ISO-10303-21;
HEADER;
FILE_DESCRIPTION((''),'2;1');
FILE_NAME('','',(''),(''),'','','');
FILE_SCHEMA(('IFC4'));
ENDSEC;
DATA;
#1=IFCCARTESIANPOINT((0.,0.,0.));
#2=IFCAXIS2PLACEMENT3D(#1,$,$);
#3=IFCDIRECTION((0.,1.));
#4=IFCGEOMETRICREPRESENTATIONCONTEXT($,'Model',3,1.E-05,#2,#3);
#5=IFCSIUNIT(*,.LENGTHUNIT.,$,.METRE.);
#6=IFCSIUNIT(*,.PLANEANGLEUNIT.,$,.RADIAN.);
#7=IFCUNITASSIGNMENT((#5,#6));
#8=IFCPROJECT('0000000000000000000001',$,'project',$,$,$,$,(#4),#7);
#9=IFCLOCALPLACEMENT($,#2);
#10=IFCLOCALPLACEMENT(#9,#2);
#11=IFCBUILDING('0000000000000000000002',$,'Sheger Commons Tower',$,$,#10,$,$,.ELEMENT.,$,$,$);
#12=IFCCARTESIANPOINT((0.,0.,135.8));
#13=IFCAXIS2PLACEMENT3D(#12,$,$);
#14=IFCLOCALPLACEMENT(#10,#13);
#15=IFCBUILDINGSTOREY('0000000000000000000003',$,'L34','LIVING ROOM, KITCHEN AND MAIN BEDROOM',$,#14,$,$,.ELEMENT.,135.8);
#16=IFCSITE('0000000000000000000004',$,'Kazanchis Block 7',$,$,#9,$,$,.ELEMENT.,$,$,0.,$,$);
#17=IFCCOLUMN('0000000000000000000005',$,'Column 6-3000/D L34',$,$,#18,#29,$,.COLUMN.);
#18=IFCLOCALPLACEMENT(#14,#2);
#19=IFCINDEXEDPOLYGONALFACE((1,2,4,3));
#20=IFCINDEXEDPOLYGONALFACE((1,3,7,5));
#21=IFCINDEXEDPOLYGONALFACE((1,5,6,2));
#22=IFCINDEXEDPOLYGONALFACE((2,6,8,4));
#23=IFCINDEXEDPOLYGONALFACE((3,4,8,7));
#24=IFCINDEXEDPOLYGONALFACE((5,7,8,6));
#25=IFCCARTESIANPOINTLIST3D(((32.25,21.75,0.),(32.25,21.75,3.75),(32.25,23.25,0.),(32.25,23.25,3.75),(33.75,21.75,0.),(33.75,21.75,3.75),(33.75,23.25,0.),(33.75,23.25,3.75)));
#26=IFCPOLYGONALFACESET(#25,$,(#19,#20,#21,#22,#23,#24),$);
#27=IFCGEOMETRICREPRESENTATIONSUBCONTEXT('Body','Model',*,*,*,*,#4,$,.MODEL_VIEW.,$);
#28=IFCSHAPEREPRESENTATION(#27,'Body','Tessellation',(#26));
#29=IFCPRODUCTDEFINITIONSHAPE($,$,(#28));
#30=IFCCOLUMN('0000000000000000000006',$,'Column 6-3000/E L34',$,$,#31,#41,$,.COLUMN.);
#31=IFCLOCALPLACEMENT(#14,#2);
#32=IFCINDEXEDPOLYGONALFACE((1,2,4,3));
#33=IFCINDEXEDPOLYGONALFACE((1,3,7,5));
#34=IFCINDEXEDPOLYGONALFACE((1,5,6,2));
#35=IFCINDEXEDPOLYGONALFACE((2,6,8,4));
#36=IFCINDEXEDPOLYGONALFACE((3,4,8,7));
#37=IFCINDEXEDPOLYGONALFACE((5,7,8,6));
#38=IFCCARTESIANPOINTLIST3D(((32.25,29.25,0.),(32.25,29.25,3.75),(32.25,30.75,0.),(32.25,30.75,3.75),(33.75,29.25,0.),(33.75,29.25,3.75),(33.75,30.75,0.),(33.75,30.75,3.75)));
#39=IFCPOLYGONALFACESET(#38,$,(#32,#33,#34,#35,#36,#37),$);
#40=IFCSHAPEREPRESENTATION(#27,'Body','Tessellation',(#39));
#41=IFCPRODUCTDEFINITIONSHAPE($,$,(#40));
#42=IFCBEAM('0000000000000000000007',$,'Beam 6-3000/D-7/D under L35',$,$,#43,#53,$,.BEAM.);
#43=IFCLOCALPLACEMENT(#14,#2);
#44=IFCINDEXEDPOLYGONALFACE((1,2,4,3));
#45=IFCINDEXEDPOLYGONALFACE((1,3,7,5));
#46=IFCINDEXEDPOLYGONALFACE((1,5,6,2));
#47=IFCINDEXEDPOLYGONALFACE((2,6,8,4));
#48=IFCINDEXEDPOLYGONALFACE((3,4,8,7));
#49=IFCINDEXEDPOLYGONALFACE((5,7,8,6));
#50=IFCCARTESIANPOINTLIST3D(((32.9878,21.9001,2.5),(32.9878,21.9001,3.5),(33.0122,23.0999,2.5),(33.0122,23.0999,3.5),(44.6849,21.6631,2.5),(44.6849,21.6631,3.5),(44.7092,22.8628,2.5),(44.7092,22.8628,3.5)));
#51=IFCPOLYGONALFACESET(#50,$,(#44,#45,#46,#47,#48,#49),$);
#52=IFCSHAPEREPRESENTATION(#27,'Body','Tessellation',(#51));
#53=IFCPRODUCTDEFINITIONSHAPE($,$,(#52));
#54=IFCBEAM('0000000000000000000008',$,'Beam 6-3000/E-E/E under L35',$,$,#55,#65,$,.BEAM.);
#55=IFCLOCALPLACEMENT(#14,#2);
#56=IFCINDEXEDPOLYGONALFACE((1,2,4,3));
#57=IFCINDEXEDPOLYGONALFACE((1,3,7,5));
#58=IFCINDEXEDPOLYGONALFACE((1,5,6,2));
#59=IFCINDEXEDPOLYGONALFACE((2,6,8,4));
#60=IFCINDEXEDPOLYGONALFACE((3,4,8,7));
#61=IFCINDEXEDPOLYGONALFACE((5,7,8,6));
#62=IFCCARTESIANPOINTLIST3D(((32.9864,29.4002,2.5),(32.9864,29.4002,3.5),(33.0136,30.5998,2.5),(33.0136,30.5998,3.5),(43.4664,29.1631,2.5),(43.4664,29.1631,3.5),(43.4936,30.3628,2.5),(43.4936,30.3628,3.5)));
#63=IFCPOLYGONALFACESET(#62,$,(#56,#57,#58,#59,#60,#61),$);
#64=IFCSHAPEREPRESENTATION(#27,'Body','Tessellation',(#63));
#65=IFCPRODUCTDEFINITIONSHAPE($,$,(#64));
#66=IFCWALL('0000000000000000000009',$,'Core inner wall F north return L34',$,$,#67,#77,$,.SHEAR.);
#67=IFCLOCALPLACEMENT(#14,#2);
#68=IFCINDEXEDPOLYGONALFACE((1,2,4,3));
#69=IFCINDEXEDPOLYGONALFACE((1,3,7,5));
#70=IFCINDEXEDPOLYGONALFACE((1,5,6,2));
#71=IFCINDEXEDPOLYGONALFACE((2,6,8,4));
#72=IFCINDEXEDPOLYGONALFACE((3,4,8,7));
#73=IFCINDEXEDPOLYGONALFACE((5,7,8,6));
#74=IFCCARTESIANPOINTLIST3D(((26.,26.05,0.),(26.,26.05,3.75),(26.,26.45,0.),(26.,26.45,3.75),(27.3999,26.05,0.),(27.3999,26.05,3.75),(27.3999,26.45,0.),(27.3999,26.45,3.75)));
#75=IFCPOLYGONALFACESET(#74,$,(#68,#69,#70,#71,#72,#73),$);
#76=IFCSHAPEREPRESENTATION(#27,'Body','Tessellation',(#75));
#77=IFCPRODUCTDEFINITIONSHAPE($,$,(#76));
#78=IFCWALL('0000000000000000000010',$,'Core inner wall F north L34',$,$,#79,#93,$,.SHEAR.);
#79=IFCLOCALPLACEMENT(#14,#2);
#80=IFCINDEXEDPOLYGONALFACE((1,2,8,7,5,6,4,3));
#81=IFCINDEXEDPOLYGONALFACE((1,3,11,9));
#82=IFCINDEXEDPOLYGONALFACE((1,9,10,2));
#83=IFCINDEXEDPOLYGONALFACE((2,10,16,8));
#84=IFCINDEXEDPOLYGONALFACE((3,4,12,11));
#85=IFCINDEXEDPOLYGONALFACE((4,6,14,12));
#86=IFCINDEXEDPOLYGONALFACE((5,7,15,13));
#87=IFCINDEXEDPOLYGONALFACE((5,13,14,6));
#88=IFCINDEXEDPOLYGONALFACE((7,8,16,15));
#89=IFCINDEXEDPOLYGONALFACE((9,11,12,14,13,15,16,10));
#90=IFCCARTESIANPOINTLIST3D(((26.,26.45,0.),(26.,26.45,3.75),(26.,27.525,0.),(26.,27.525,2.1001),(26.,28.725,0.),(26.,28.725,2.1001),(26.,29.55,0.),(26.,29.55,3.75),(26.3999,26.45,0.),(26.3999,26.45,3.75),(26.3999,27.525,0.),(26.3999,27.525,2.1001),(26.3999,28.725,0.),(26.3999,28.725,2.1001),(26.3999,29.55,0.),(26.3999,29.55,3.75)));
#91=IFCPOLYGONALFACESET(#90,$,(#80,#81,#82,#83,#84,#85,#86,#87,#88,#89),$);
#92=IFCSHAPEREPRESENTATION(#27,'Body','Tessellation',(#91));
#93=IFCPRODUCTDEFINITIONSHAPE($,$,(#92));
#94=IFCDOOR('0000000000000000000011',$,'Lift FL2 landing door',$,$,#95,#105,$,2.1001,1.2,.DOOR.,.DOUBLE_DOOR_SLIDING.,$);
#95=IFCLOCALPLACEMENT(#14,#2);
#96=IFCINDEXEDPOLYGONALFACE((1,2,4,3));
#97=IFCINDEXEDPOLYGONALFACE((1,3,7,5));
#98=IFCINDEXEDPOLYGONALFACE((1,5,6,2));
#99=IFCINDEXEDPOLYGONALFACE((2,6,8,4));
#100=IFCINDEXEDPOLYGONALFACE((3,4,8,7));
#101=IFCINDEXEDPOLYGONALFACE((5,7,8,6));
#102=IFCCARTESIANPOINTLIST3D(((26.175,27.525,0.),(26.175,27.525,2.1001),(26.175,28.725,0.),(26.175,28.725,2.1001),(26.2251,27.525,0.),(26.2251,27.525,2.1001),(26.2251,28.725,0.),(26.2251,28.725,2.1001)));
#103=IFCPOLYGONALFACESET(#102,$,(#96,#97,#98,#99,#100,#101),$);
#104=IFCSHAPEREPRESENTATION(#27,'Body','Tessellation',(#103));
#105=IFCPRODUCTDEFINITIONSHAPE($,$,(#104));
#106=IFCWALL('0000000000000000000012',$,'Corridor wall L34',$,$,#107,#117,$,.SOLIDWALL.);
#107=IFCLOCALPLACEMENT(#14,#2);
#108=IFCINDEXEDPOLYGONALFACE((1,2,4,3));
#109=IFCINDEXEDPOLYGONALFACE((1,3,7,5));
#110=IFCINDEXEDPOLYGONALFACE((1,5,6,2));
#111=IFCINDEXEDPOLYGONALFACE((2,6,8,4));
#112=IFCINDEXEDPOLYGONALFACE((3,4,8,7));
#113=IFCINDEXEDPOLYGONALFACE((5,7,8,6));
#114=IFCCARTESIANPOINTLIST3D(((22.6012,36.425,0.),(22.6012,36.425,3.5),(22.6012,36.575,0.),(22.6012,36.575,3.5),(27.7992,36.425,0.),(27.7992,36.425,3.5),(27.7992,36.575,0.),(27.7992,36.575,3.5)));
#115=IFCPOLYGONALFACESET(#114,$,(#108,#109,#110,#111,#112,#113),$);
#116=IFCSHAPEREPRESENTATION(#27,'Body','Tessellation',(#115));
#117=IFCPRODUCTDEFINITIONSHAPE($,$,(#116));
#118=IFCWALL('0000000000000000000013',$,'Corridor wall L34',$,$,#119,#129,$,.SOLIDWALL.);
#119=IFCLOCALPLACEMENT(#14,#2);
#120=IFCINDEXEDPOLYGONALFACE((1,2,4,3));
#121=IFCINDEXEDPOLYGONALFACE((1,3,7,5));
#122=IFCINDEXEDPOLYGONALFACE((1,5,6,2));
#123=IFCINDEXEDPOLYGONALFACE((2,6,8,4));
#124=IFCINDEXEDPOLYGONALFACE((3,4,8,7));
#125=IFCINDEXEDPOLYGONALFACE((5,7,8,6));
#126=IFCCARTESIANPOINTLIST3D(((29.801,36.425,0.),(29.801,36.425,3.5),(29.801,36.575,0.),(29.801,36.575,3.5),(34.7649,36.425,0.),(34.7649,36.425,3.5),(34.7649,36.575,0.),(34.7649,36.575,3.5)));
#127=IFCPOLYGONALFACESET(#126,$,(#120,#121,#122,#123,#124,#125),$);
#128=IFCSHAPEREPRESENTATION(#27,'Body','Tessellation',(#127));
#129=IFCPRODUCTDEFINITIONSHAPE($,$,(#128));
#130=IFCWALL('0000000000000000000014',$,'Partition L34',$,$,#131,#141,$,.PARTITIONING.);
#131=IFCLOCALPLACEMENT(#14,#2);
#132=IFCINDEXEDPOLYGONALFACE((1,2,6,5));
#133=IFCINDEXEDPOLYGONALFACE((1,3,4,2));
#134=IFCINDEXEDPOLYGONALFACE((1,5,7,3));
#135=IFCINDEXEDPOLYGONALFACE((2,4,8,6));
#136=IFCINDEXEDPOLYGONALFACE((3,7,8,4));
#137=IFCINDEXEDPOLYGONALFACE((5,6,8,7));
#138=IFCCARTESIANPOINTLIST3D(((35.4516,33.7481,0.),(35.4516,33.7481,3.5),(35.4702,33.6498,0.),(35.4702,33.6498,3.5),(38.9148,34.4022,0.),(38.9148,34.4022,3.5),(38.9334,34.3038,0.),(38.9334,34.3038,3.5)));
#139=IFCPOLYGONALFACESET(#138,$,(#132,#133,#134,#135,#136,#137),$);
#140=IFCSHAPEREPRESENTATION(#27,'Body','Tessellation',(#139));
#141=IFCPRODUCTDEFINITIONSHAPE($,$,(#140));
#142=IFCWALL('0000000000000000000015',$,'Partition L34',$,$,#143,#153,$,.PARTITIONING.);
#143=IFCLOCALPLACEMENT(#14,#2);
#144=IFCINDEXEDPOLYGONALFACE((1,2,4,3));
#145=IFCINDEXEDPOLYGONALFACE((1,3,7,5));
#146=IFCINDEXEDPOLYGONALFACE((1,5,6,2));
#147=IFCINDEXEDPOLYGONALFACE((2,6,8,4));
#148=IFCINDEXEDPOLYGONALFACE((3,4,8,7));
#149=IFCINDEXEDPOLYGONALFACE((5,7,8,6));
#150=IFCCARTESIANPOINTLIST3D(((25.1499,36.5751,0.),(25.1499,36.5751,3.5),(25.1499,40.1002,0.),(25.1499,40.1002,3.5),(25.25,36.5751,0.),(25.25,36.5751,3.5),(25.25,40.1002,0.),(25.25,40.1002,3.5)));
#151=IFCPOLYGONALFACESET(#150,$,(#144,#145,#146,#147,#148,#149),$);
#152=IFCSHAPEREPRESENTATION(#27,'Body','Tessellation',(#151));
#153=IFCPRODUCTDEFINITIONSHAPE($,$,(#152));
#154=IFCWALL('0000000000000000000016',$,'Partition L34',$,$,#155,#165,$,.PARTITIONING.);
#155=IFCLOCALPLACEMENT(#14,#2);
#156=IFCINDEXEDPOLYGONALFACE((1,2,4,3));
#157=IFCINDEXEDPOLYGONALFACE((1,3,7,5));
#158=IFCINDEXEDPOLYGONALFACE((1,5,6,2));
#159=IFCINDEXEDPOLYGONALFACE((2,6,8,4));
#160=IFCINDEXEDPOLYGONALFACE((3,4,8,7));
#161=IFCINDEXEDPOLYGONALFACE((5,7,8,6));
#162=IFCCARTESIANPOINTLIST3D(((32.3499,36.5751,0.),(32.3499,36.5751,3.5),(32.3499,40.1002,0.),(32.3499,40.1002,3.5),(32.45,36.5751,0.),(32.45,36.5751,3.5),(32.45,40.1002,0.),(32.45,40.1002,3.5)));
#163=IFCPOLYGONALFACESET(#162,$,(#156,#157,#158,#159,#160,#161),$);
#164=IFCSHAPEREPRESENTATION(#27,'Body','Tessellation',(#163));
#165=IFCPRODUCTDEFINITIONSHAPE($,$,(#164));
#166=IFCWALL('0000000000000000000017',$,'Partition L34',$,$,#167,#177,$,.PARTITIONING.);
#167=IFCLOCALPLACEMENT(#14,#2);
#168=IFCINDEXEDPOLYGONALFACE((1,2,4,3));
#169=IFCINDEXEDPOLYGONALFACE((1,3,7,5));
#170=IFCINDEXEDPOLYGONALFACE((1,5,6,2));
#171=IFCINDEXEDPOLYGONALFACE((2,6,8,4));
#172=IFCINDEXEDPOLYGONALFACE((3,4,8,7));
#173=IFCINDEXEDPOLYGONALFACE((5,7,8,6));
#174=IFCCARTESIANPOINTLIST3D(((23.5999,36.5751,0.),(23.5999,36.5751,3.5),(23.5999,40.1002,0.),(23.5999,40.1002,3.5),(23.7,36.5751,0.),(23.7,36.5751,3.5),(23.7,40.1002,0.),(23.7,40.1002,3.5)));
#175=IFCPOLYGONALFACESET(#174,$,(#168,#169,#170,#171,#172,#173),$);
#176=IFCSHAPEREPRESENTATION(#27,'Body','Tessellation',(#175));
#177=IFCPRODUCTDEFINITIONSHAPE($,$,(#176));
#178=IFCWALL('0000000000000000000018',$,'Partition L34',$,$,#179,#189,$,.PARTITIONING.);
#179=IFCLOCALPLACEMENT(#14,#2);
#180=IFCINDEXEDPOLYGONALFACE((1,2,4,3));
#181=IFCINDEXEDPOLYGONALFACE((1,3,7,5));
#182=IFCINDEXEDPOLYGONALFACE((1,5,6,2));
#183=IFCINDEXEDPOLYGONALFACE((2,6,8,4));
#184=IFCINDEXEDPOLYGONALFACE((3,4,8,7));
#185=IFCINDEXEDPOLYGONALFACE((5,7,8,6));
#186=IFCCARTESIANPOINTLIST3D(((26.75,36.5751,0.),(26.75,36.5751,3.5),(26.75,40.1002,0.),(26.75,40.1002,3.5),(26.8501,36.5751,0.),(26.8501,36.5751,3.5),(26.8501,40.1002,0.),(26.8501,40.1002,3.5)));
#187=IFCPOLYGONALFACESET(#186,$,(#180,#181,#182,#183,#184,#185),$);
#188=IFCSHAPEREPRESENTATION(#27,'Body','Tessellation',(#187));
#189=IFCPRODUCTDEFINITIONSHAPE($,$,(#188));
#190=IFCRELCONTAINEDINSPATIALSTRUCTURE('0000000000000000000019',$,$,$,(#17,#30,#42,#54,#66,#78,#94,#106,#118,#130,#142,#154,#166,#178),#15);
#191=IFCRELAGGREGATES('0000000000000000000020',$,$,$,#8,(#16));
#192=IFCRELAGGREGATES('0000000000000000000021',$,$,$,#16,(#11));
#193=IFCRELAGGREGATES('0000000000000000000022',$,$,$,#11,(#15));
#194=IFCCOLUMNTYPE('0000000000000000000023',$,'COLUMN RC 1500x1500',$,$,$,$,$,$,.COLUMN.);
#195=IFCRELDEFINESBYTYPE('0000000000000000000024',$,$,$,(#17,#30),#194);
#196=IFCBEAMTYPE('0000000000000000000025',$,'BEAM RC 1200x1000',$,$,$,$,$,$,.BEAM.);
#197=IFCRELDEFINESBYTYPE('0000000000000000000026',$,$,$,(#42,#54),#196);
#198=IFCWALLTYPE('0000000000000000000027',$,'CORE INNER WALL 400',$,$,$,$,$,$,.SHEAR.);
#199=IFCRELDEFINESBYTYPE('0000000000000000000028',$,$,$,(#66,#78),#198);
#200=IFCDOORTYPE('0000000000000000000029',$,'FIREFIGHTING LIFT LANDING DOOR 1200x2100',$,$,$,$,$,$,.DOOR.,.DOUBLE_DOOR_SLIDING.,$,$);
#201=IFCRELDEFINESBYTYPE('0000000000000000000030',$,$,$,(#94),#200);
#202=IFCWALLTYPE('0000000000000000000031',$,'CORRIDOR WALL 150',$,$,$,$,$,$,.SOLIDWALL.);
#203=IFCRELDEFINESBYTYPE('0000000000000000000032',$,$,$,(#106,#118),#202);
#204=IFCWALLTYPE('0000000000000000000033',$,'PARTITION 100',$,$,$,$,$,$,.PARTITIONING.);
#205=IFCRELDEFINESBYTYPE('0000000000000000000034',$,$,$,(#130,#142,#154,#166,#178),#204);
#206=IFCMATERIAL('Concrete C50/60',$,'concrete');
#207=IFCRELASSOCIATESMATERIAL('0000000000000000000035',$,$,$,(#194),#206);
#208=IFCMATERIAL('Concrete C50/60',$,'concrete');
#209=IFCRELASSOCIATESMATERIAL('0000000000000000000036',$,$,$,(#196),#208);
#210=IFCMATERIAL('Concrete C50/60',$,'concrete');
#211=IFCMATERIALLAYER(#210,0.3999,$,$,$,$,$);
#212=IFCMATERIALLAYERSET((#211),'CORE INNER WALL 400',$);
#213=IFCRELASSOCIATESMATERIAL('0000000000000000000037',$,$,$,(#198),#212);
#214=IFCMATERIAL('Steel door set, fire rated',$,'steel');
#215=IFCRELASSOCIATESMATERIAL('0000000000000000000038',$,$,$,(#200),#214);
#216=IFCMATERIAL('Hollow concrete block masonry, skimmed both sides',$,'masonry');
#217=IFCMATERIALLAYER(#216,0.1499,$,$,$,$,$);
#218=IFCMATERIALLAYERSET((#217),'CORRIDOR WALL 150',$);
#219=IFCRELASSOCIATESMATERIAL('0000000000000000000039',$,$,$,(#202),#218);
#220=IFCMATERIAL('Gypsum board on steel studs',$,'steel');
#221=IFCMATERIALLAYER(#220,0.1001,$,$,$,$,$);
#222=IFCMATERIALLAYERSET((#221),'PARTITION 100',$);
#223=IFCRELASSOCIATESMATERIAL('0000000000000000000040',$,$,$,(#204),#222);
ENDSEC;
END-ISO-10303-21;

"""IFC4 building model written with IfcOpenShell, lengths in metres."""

from ifc_helpers import new_model, si_unit, direction, frame, frame_2d, origin, origin_2d, place, context, subcontext, project, spatial, rectangle, extrude, material, layer, layer_set, material_profile, profile_set, type_object, element, fill, save


model = new_model("IFC4")

# Units and contexts
model_context = context("Model", 3, precision=1e-05, world=origin(), true_north=direction((0.0, 1.0)))
body_context = subcontext(model_context, "Body", "Model", "MODEL_VIEW")
ifc_project = project(units=[si_unit("LENGTHUNIT", "METRE"), si_unit("PLANEANGLEUNIT", "RADIAN")], contexts=[model_context])

# Site, building, storey
site_placement = place(None, origin())
site = spatial("IfcSite", under=ifc_project, at=site_placement, Name="Kazanchis Block 7", CompositionType="ELEMENT", RefElevation=0.0)
building_placement = place(site_placement, origin())
building = spatial("IfcBuilding", under=site, at=building_placement, Name="Sheger Commons Tower", CompositionType="ELEMENT")
storey_placement = place(building_placement, frame((0.0, 0.0, 135.8)))
storey = spatial("IfcBuildingStorey", under=building, at=storey_placement, Name="L34", Description="LIVING ROOM, KITCHEN AND MAIN BEDROOM", CompositionType="ELEMENT", Elevation=135.8)

# Columns
ifc_material_1 = material(Name="Concrete C50/60", Category="concrete")
ifc_material_profile_1 = material_profile(ifc_material_1, rectangle(XDim=1.5, YDim=1.5, at=origin_2d()), Name="RC 1500x1500")
ifc_profile_set_1 = profile_set([ifc_material_profile_1], Name="Concrete C50/60")
column_type = type_object("IfcColumnType", Name="COLUMN RC 1500x1500", PredefinedType="COLUMN", material=ifc_profile_set_1)
for number, where, z_axis, x_axis, name in (
    (1, (33.0, 22.5, 0.0), (0.0, 0.0, 1.0), (1.0, 0.0, 0.0), "Column 6-3000/D L34"),
    (2, (33.0, 30.0, 0.0), (0.0, 0.0, 1.0), (1.0, 0.0, 0.0), "Column 6-3000/E L34"),
):
    element("IfcColumn", number, at=place(storey_placement, frame(where, z_axis=z_axis, x_axis=x_axis)), inside=storey, type_object=column_type, Name=name, PredefinedType="COLUMN", context=body_context, shape_type="SweptSolid", body=[
        extrude(rectangle(XDim=1.5, YDim=1.5, at=origin_2d()), origin(), (0.0, 0.0, 1.0), 3.75),
    ])

# Beams
ifc_material_2 = material(Name="Concrete C50/60", Category="concrete")
ifc_material_profile_2 = material_profile(ifc_material_2, rectangle(XDim=1.2, YDim=1.0, at=origin_2d()), Name="RC 1200x1000")
ifc_profile_set_2 = profile_set([ifc_material_profile_2], Name="Concrete C50/60")
beam_type = type_object("IfcBeamType", Name="BEAM RC 1200x1000", PredefinedType="BEAM", material=ifc_profile_set_2)
beam_1_placement = place(storey_placement, frame((33.0, 22.5, 3.0), z_axis=(0.999795, -0.020263, 0.0), x_axis=(0.020263, 0.999795, 0.0)))
element("IfcBeam", 3, at=beam_1_placement, inside=storey, type_object=beam_type, Name="Beam 6-3000/D-7/D under L35", PredefinedType="BEAM", context=body_context, shape_type="SweptSolid", body=[
    extrude(rectangle(XDim=1.2, YDim=1.0, at=origin_2d()), origin(), (0.0, 0.0, 1.0), 11.6995),
])
beam_2_placement = place(storey_placement, frame((33.0, 30.0, 3.0), z_axis=(0.999744, -0.022615, 0.0), x_axis=(0.022615, 0.999744, 0.0)))
element("IfcBeam", 4, at=beam_2_placement, inside=storey, type_object=beam_type, Name="Beam 6-3000/E-E/E under L35", PredefinedType="BEAM", context=body_context, shape_type="SweptSolid", body=[
    extrude(rectangle(XDim=1.2, YDim=1.0, at=origin_2d()), origin(), (0.0, 0.0, 1.0), 10.4827),
])

# Wall
ifc_material_3 = material(Name="Concrete C50/60", Category="concrete")
ifc_layer_1 = layer(ifc_material_3, 0.3999)
ifc_layer_set_1 = layer_set([ifc_layer_1], Name="CORE INNER WALL 400")
wall_type_1 = type_object("IfcWallType", Name="CORE INNER WALL 400", PredefinedType="SHEAR", material=ifc_layer_set_1)
wall_1_placement = place(storey_placement, frame((26.0, 26.25, 0.0), z_axis=(0.0, 0.0, 1.0), x_axis=(1.0, 0.0, 0.0)))
element("IfcWall", 5, at=wall_1_placement, inside=storey, type_object=wall_type_1, Name="Core inner wall F north return L34", PredefinedType="SHEAR", context=body_context, shape_type="SweptSolid", body=[
    extrude(rectangle(XDim=1.3999, YDim=0.3999, at=frame_2d((0.7, 0.0))), origin(), (0.0, 0.0, 1.0), 3.75),
])

# Wall, opening, door
wall_2_placement = place(storey_placement, frame((26.2, 26.45, 0.0), z_axis=(0.0, 0.0, 1.0), x_axis=(0.0, 1.0, 0.0)))
wall_2 = element("IfcWall", 6, at=wall_2_placement, inside=storey, type_object=wall_type_1, Name="Core inner wall F north L34", PredefinedType="SHEAR", context=body_context, shape_type="SweptSolid", body=[
    extrude(rectangle(XDim=3.1001, YDim=0.3999, at=frame_2d((1.55, 0.0))), origin(), (0.0, 0.0, 1.0), 3.75),
])
opening_1_placement = place(wall_2_placement, frame((1.075, 0.0, 0.0)))
opening_1 = element("IfcOpeningElement", 7, at=opening_1_placement, cuts=wall_2, PredefinedType="OPENING", context=body_context, shape_type="SweptSolid", body=[
    extrude(rectangle(XDim=1.2, YDim=2.1001, at=frame_2d((0.6001, 1.05))), frame((0.0, 0.21, 0.0), z_axis=(0.0, -1.0, 0.0), x_axis=(1.0, 0.0, 0.0)), (0.0, 0.0, 1.0), 0.4199),
])
ifc_material_4 = material(Name="Steel door set, fire rated", Category="steel")
door_type_1 = type_object("IfcDoorType", Name="FIREFIGHTING LIFT LANDING DOOR 1200x2100", OperationType="DOUBLE_DOOR_SLIDING", PredefinedType="DOOR", material=ifc_material_4)
door_1_placement = place(opening_1_placement, origin())
door_1 = element("IfcDoor", 8, at=door_1_placement, inside=storey, type_object=door_type_1, Name="Lift FL2 landing door", OperationType="DOUBLE_DOOR_SLIDING", OverallHeight=2.1001, OverallWidth=1.2, PredefinedType="DOOR", context=body_context, shape_type="SweptSolid", body=[
    extrude(rectangle(XDim=1.2, YDim=2.1001, at=frame_2d((0.6001, 1.05))), frame((0.0, 0.0249, 0.0), z_axis=(0.0, -1.0, 0.0), x_axis=(1.0, 0.0, 0.0)), (0.0, 0.0, 1.0), 0.05),
])
fill(opening_1, door_1)

# Walls
ifc_material_5 = material(Name="Hollow concrete block masonry, skimmed both sides", Category="masonry")
ifc_layer_2 = layer(ifc_material_5, 0.1499)
ifc_layer_set_2 = layer_set([ifc_layer_2], Name="CORRIDOR WALL 150")
wall_type_2 = type_object("IfcWallType", Name="CORRIDOR WALL 150", PredefinedType="SOLIDWALL", material=ifc_layer_set_2)
wall_3_placement = place(storey_placement, frame((22.6011, 36.5, 0.0), z_axis=(0.0, 0.0, 1.0), x_axis=(1.0, 0.0, 0.0)))
element("IfcWall", 9, at=wall_3_placement, inside=storey, type_object=wall_type_2, Name="Corridor wall L34", PredefinedType="SOLIDWALL", context=body_context, shape_type="SweptSolid", body=[
    extrude(rectangle(XDim=5.198, YDim=0.1499, at=frame_2d((2.5991, 0.0))), origin(), (0.0, 0.0, 1.0), 3.5),
])
wall_4_placement = place(storey_placement, frame((29.801, 36.5, 0.0), z_axis=(0.0, 0.0, 1.0), x_axis=(1.0, 0.0, 0.0)))
element("IfcWall", 10, at=wall_4_placement, inside=storey, type_object=wall_type_2, Name="Corridor wall L34", PredefinedType="SOLIDWALL", context=body_context, shape_type="SweptSolid", body=[
    extrude(rectangle(XDim=4.9639, YDim=0.1499, at=frame_2d((2.4819, 0.0))), origin(), (0.0, 0.0, 1.0), 3.5),
])
ifc_material_6 = material(Name="Gypsum board on steel studs", Category="steel")
ifc_layer_3 = layer(ifc_material_6, 0.1001)
ifc_layer_set_3 = layer_set([ifc_layer_3], Name="PARTITION 100")
wall_type_3 = type_object("IfcWallType", Name="PARTITION 100", PredefinedType="PARTITIONING", material=ifc_layer_set_3)
wall_5_placement = place(storey_placement, frame((38.9241, 34.353, 0.0), z_axis=(0.0, 0.0, 1.0), x_axis=(-0.982629, -0.185581, 0.0)))
element("IfcWall", 11, at=wall_5_placement, inside=storey, type_object=wall_type_3, Name="Partition L34", PredefinedType="PARTITIONING", context=body_context, shape_type="SweptSolid", body=[
    extrude(rectangle(XDim=3.5244, YDim=0.1001, at=frame_2d((1.7622, 0.0))), origin(), (0.0, 0.0, 1.0), 3.5),
])
for number, where, z_axis, x_axis, name in (
    (12, (25.2, 36.575, 0.0), (0.0, 0.0, 1.0), (0.0, 1.0, 0.0), "Partition L34"),
    (13, (32.3999, 36.575, 0.0), (0.0, 0.0, 1.0), (0.0, 1.0, 0.0), "Partition L34"),
    (14, (23.6499, 36.575, 0.0), (0.0, 0.0, 1.0), (0.0, 1.0, 0.0), "Partition L34"),
    (15, (26.8, 36.575, 0.0), (0.0, 0.0, 1.0), (0.0, 1.0, 0.0), "Partition L34"),
):
    element("IfcWall", number, at=place(storey_placement, frame(where, z_axis=z_axis, x_axis=x_axis)), inside=storey, type_object=wall_type_3, Name=name, PredefinedType="PARTITIONING", context=body_context, shape_type="SweptSolid", body=[
        extrude(rectangle(XDim=3.5251, YDim=0.1001, at=frame_2d((1.7627, 0.0))), origin(), (0.0, 0.0, 1.0), 3.5),
    ])

save(model, "model.ifc")
